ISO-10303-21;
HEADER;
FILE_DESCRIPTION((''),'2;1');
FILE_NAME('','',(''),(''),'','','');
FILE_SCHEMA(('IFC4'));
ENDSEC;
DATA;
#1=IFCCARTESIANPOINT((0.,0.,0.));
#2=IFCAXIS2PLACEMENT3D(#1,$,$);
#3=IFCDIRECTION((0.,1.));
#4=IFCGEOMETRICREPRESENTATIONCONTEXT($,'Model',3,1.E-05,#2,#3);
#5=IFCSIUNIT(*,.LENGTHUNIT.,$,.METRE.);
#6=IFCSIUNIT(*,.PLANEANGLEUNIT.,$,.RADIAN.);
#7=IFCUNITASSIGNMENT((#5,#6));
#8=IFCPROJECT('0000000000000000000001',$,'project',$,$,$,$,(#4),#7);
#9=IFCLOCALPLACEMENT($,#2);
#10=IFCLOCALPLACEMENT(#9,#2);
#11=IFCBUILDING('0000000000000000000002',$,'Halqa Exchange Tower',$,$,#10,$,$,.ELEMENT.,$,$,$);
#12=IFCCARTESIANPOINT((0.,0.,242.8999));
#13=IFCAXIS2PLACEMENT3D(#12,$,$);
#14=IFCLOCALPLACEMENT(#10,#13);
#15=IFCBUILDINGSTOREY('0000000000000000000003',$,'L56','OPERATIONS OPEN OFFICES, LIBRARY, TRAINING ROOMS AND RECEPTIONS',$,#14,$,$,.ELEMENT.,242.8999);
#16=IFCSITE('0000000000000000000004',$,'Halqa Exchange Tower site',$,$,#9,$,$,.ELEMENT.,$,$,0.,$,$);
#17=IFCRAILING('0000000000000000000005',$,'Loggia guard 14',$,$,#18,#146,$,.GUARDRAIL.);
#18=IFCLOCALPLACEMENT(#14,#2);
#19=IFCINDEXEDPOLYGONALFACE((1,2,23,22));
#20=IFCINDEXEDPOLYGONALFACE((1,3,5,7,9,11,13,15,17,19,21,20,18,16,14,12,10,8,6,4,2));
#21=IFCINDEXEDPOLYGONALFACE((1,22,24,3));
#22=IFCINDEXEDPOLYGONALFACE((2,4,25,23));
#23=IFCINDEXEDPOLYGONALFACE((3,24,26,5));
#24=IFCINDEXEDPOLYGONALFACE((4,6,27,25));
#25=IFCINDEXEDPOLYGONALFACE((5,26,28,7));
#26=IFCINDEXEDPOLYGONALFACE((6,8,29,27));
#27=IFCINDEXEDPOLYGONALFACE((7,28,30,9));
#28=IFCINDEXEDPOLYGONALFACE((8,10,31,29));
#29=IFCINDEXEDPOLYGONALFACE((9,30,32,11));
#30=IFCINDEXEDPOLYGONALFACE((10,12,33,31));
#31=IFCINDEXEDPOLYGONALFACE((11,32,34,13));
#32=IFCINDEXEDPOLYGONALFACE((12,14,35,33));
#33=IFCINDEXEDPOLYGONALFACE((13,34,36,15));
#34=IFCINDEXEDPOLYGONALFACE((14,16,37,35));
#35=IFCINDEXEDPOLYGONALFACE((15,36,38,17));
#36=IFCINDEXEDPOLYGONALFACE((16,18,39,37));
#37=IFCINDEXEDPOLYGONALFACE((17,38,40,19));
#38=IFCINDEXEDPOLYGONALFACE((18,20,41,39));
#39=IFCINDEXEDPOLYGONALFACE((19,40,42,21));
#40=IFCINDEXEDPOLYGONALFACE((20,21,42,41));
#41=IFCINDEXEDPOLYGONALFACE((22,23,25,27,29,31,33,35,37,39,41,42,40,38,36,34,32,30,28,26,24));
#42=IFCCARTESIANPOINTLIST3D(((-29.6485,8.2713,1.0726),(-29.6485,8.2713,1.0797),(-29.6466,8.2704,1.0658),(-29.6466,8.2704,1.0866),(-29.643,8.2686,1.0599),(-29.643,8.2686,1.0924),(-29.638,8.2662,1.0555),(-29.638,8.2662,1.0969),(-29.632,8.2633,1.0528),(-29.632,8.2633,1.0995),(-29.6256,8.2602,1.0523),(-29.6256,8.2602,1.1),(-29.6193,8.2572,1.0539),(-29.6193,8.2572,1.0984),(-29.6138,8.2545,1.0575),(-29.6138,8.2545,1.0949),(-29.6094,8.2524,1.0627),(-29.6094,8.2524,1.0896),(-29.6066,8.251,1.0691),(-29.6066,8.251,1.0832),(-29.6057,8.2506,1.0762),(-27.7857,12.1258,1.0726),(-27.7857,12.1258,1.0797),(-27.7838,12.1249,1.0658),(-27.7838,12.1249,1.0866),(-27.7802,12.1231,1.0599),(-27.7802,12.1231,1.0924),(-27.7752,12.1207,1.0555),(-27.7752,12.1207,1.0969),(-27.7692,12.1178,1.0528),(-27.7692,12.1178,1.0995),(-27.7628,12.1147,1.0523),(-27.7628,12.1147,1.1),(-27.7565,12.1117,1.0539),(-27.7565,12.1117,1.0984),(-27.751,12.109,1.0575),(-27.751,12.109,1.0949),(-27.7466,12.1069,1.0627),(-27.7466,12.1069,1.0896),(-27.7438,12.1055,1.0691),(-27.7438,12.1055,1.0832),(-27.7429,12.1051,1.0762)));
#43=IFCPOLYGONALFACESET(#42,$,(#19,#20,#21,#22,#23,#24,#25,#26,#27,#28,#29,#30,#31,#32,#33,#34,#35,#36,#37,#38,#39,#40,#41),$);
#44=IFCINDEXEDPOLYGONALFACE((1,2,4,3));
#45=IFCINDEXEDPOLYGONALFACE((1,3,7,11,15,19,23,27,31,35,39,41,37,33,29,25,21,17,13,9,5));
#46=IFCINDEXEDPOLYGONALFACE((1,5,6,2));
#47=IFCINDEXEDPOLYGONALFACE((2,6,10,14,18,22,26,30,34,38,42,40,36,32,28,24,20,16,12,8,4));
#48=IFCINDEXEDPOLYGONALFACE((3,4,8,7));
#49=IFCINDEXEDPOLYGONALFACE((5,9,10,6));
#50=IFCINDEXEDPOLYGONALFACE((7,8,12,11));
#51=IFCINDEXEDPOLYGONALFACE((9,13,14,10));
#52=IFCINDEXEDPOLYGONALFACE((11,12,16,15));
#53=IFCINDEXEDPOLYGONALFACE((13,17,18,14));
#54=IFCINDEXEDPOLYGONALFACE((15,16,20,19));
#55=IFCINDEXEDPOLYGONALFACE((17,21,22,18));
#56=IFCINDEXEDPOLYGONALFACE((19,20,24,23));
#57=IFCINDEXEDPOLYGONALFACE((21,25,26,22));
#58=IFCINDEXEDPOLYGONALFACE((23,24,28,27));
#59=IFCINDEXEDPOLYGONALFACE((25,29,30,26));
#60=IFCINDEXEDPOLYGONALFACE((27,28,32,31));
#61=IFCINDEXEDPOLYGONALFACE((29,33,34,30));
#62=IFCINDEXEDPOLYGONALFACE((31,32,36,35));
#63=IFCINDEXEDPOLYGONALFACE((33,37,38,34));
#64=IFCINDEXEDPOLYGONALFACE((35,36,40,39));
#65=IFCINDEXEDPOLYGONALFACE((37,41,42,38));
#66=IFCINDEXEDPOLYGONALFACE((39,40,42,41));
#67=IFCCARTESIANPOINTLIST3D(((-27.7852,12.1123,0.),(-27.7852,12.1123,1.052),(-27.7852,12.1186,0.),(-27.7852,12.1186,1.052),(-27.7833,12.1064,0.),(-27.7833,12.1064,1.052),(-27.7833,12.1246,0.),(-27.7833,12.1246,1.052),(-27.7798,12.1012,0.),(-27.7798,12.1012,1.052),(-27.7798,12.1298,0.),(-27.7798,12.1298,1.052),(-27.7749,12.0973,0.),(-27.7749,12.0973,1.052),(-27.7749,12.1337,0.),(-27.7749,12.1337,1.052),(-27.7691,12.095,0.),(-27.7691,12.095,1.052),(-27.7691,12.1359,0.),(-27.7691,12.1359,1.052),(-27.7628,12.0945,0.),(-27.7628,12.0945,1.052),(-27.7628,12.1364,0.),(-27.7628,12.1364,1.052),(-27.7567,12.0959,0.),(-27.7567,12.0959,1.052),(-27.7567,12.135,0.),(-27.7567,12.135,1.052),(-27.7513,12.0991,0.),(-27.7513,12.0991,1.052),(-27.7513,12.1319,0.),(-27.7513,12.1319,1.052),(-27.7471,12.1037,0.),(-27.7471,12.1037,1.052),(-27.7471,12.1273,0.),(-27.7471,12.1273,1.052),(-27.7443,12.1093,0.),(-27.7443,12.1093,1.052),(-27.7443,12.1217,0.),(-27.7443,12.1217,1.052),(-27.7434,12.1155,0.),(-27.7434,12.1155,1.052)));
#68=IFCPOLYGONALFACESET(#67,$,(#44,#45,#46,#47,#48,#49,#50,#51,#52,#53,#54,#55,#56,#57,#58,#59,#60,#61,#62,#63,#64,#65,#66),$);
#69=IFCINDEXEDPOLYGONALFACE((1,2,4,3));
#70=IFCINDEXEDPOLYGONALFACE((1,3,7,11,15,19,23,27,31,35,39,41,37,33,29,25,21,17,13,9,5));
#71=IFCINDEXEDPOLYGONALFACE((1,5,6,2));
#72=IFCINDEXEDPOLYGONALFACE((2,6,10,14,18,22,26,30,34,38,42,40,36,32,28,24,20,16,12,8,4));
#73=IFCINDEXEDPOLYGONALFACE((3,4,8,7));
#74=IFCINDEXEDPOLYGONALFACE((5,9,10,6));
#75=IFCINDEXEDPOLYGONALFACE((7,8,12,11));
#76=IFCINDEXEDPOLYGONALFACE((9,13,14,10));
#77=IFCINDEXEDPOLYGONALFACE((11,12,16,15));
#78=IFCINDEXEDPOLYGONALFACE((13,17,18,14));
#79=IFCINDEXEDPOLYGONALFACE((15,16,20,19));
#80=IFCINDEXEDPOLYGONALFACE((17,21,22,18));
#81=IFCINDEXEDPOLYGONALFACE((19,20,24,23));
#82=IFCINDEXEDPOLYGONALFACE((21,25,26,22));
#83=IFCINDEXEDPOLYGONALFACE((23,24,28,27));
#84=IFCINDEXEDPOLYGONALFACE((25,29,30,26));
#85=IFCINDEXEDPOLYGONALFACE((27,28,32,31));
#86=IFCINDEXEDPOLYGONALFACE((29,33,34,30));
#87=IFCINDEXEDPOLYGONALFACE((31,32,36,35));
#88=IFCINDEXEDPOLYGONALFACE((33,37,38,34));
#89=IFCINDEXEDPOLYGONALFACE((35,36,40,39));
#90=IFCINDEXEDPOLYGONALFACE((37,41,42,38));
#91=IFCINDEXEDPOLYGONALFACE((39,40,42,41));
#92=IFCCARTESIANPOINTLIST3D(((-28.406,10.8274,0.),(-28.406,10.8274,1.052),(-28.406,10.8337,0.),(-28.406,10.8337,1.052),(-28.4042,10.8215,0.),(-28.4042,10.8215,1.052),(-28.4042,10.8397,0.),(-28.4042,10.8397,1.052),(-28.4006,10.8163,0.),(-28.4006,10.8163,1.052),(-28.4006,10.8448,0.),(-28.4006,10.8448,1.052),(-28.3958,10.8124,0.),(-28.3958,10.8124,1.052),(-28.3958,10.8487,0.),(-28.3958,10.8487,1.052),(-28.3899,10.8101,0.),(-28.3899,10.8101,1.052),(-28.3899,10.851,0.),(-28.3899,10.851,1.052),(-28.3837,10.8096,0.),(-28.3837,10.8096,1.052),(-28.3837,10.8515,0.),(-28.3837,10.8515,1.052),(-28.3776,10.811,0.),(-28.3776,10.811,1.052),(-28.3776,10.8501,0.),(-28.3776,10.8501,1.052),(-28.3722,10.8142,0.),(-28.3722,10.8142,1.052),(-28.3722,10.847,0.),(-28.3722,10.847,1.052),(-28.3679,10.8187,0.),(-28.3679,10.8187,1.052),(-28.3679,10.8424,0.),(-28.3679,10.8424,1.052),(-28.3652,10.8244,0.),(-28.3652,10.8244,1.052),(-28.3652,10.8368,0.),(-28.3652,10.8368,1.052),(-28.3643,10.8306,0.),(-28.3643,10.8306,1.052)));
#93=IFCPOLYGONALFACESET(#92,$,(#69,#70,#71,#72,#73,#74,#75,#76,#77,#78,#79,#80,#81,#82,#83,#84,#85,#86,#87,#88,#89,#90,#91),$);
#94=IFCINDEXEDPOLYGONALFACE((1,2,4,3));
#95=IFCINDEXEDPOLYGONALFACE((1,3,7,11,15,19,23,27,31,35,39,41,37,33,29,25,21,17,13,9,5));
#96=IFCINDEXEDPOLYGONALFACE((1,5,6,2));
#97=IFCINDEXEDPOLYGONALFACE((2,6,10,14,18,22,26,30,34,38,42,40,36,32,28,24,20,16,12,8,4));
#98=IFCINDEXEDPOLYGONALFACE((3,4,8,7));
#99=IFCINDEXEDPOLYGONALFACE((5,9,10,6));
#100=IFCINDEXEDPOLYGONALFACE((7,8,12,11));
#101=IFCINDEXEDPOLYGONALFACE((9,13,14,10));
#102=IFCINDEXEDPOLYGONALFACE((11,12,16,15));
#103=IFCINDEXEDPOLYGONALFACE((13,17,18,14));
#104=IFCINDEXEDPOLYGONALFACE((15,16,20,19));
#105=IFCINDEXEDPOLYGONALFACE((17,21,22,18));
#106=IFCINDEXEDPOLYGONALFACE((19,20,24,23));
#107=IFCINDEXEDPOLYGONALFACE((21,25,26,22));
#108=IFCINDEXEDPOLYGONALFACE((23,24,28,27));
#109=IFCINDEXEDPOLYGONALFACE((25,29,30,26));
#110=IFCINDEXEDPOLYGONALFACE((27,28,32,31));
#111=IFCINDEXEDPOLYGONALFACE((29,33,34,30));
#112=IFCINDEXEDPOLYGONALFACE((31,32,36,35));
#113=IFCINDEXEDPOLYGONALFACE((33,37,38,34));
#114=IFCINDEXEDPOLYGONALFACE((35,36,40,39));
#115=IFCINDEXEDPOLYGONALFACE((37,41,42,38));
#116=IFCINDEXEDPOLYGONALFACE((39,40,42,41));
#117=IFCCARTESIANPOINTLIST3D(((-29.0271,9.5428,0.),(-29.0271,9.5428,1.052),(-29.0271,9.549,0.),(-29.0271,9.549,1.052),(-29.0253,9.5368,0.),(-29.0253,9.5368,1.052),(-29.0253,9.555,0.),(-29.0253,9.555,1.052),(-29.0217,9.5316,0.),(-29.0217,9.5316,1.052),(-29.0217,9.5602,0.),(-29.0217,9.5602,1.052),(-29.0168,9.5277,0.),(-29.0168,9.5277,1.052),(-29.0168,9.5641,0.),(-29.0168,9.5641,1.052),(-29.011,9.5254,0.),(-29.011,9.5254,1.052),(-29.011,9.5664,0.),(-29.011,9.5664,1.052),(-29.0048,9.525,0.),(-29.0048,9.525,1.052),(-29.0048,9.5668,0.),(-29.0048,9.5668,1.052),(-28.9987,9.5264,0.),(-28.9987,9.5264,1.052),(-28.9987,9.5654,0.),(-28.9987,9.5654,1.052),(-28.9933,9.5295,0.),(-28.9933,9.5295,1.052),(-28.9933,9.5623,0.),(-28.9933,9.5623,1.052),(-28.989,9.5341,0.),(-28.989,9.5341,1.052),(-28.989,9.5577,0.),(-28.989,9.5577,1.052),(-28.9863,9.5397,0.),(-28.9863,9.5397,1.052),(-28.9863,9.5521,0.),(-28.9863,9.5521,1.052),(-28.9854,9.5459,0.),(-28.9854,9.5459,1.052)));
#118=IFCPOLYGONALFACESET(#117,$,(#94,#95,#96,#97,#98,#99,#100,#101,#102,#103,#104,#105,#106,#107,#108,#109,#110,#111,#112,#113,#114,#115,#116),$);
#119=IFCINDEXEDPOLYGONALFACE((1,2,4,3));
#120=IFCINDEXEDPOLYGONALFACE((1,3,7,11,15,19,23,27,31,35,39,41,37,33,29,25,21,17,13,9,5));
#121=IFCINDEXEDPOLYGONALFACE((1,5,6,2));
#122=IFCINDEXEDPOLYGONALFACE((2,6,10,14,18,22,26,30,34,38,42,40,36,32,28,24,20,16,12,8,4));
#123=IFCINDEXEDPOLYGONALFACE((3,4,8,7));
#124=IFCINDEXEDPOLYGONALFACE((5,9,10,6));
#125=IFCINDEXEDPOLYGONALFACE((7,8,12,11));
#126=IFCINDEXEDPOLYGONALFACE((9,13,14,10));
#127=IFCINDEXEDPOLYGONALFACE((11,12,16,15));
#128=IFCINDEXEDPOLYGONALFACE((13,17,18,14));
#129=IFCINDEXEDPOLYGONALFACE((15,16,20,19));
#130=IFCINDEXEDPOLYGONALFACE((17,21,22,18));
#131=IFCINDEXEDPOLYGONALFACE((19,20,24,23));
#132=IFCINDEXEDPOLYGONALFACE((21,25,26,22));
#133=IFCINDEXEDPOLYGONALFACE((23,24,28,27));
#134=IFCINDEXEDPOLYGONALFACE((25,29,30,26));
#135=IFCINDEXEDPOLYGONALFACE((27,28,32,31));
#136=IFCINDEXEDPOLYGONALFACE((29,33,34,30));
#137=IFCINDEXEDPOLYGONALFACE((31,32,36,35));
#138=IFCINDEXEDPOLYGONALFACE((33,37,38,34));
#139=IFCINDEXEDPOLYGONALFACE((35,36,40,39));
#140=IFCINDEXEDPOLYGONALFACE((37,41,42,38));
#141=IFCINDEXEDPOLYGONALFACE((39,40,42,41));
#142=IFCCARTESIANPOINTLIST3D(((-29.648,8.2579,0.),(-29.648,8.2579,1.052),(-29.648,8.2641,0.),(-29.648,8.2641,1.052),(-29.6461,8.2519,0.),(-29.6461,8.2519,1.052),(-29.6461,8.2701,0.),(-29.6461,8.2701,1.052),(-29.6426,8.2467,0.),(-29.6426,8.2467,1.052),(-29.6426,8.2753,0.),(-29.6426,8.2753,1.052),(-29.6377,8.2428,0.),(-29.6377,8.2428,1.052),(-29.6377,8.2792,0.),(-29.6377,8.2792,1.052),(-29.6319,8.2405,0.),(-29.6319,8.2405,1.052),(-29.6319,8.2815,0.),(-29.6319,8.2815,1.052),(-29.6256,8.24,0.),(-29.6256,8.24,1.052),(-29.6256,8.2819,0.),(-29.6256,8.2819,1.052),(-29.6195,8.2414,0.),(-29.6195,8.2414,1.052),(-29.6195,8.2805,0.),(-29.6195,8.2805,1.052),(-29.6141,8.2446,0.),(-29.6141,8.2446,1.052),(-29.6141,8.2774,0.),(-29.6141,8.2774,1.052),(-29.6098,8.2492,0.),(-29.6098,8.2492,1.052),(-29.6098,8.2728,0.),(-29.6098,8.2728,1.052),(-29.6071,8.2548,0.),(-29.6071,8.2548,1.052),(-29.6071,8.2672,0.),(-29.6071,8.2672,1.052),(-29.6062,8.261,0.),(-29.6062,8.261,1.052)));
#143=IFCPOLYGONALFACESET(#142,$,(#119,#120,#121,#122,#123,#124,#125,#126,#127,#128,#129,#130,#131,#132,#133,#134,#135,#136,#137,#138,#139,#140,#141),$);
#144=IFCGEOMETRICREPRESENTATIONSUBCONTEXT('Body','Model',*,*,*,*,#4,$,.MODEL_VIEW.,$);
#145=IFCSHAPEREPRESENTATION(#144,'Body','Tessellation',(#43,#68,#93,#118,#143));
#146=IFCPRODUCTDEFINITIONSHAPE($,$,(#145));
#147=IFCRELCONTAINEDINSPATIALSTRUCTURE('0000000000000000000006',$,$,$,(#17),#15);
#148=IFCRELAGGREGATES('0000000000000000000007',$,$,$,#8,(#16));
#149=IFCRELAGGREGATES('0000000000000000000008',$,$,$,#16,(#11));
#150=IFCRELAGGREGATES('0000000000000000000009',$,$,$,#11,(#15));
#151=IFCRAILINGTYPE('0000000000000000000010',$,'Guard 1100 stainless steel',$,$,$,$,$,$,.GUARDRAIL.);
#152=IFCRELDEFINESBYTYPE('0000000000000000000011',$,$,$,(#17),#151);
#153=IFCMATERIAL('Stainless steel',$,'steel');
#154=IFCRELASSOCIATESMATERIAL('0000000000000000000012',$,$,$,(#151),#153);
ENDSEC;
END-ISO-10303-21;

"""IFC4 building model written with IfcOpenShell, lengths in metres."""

from ifc_helpers import new_model, si_unit, direction, frame, origin, origin_2d, place, context, subcontext, project, spatial, circle, extrude, material, type_object, element, save


model = new_model("IFC4")

# Units and contexts
model_context = context("Model", 3, precision=1e-05, world=origin(), true_north=direction((0.0, 1.0)))
body_context = subcontext(model_context, "Body", "Model", "MODEL_VIEW")
ifc_project = project(units=[si_unit("LENGTHUNIT", "METRE"), si_unit("PLANEANGLEUNIT", "RADIAN")], contexts=[model_context])

# Site, building, storey
site_placement = place(None, origin())
site = spatial("IfcSite", under=ifc_project, at=site_placement, Name="Halqa Exchange Tower site", CompositionType="ELEMENT", RefElevation=0.0)
building_placement = place(site_placement, origin())
building = spatial("IfcBuilding", under=site, at=building_placement, Name="Halqa Exchange Tower", CompositionType="ELEMENT")
storey_placement = place(building_placement, frame((0.0, 0.0, 242.8999)))
storey = spatial("IfcBuildingStorey", under=building, at=storey_placement, Name="L56", Description="OPERATIONS OPEN OFFICES, LIBRARY, TRAINING ROOMS AND RECEPTIONS", CompositionType="ELEMENT", Elevation=242.8999)

# Railing
ifc_material_1 = material(Name="Stainless steel", Category="steel")
railing_type = type_object("IfcRailingType", Name="Guard 1100 stainless steel", PredefinedType="GUARDRAIL", material=ifc_material_1)
railing_1_placement = place(storey_placement, frame((-27.7644, 12.1155, 0.0)))
element("IfcRailing", 1, at=railing_1_placement, inside=storey, type_object=railing_type, Name="Loggia guard 14", PredefinedType="GUARDRAIL", context=body_context, shape_type="SweptSolid", body=[
    extrude(circle(Radius=0.0239, at=origin_2d()), frame((0.0, 0.0, 1.0762), z_axis=(-0.435129, -0.900368, 0.0), x_axis=(0.900368, -0.435129, 0.0)), (0.0, 0.0, 1.0), 4.281),
    extrude(circle(Radius=0.021, at=origin_2d()), origin(), (0.0, 0.0, 1.0), 1.052),
    extrude(circle(Radius=0.021, at=origin_2d()), frame((-0.6208, -1.2849, 0.0)), (0.0, 0.0, 1.0), 1.052),
    extrude(circle(Radius=0.021, at=origin_2d()), frame((-1.2419, -2.5696, 0.0)), (0.0, 0.0, 1.0), 1.052),
    extrude(circle(Radius=0.021, at=origin_2d()), frame((-1.8628, -3.8545, 0.0)), (0.0, 0.0, 1.0), 1.052),
])

save(model, "model.ifc")
